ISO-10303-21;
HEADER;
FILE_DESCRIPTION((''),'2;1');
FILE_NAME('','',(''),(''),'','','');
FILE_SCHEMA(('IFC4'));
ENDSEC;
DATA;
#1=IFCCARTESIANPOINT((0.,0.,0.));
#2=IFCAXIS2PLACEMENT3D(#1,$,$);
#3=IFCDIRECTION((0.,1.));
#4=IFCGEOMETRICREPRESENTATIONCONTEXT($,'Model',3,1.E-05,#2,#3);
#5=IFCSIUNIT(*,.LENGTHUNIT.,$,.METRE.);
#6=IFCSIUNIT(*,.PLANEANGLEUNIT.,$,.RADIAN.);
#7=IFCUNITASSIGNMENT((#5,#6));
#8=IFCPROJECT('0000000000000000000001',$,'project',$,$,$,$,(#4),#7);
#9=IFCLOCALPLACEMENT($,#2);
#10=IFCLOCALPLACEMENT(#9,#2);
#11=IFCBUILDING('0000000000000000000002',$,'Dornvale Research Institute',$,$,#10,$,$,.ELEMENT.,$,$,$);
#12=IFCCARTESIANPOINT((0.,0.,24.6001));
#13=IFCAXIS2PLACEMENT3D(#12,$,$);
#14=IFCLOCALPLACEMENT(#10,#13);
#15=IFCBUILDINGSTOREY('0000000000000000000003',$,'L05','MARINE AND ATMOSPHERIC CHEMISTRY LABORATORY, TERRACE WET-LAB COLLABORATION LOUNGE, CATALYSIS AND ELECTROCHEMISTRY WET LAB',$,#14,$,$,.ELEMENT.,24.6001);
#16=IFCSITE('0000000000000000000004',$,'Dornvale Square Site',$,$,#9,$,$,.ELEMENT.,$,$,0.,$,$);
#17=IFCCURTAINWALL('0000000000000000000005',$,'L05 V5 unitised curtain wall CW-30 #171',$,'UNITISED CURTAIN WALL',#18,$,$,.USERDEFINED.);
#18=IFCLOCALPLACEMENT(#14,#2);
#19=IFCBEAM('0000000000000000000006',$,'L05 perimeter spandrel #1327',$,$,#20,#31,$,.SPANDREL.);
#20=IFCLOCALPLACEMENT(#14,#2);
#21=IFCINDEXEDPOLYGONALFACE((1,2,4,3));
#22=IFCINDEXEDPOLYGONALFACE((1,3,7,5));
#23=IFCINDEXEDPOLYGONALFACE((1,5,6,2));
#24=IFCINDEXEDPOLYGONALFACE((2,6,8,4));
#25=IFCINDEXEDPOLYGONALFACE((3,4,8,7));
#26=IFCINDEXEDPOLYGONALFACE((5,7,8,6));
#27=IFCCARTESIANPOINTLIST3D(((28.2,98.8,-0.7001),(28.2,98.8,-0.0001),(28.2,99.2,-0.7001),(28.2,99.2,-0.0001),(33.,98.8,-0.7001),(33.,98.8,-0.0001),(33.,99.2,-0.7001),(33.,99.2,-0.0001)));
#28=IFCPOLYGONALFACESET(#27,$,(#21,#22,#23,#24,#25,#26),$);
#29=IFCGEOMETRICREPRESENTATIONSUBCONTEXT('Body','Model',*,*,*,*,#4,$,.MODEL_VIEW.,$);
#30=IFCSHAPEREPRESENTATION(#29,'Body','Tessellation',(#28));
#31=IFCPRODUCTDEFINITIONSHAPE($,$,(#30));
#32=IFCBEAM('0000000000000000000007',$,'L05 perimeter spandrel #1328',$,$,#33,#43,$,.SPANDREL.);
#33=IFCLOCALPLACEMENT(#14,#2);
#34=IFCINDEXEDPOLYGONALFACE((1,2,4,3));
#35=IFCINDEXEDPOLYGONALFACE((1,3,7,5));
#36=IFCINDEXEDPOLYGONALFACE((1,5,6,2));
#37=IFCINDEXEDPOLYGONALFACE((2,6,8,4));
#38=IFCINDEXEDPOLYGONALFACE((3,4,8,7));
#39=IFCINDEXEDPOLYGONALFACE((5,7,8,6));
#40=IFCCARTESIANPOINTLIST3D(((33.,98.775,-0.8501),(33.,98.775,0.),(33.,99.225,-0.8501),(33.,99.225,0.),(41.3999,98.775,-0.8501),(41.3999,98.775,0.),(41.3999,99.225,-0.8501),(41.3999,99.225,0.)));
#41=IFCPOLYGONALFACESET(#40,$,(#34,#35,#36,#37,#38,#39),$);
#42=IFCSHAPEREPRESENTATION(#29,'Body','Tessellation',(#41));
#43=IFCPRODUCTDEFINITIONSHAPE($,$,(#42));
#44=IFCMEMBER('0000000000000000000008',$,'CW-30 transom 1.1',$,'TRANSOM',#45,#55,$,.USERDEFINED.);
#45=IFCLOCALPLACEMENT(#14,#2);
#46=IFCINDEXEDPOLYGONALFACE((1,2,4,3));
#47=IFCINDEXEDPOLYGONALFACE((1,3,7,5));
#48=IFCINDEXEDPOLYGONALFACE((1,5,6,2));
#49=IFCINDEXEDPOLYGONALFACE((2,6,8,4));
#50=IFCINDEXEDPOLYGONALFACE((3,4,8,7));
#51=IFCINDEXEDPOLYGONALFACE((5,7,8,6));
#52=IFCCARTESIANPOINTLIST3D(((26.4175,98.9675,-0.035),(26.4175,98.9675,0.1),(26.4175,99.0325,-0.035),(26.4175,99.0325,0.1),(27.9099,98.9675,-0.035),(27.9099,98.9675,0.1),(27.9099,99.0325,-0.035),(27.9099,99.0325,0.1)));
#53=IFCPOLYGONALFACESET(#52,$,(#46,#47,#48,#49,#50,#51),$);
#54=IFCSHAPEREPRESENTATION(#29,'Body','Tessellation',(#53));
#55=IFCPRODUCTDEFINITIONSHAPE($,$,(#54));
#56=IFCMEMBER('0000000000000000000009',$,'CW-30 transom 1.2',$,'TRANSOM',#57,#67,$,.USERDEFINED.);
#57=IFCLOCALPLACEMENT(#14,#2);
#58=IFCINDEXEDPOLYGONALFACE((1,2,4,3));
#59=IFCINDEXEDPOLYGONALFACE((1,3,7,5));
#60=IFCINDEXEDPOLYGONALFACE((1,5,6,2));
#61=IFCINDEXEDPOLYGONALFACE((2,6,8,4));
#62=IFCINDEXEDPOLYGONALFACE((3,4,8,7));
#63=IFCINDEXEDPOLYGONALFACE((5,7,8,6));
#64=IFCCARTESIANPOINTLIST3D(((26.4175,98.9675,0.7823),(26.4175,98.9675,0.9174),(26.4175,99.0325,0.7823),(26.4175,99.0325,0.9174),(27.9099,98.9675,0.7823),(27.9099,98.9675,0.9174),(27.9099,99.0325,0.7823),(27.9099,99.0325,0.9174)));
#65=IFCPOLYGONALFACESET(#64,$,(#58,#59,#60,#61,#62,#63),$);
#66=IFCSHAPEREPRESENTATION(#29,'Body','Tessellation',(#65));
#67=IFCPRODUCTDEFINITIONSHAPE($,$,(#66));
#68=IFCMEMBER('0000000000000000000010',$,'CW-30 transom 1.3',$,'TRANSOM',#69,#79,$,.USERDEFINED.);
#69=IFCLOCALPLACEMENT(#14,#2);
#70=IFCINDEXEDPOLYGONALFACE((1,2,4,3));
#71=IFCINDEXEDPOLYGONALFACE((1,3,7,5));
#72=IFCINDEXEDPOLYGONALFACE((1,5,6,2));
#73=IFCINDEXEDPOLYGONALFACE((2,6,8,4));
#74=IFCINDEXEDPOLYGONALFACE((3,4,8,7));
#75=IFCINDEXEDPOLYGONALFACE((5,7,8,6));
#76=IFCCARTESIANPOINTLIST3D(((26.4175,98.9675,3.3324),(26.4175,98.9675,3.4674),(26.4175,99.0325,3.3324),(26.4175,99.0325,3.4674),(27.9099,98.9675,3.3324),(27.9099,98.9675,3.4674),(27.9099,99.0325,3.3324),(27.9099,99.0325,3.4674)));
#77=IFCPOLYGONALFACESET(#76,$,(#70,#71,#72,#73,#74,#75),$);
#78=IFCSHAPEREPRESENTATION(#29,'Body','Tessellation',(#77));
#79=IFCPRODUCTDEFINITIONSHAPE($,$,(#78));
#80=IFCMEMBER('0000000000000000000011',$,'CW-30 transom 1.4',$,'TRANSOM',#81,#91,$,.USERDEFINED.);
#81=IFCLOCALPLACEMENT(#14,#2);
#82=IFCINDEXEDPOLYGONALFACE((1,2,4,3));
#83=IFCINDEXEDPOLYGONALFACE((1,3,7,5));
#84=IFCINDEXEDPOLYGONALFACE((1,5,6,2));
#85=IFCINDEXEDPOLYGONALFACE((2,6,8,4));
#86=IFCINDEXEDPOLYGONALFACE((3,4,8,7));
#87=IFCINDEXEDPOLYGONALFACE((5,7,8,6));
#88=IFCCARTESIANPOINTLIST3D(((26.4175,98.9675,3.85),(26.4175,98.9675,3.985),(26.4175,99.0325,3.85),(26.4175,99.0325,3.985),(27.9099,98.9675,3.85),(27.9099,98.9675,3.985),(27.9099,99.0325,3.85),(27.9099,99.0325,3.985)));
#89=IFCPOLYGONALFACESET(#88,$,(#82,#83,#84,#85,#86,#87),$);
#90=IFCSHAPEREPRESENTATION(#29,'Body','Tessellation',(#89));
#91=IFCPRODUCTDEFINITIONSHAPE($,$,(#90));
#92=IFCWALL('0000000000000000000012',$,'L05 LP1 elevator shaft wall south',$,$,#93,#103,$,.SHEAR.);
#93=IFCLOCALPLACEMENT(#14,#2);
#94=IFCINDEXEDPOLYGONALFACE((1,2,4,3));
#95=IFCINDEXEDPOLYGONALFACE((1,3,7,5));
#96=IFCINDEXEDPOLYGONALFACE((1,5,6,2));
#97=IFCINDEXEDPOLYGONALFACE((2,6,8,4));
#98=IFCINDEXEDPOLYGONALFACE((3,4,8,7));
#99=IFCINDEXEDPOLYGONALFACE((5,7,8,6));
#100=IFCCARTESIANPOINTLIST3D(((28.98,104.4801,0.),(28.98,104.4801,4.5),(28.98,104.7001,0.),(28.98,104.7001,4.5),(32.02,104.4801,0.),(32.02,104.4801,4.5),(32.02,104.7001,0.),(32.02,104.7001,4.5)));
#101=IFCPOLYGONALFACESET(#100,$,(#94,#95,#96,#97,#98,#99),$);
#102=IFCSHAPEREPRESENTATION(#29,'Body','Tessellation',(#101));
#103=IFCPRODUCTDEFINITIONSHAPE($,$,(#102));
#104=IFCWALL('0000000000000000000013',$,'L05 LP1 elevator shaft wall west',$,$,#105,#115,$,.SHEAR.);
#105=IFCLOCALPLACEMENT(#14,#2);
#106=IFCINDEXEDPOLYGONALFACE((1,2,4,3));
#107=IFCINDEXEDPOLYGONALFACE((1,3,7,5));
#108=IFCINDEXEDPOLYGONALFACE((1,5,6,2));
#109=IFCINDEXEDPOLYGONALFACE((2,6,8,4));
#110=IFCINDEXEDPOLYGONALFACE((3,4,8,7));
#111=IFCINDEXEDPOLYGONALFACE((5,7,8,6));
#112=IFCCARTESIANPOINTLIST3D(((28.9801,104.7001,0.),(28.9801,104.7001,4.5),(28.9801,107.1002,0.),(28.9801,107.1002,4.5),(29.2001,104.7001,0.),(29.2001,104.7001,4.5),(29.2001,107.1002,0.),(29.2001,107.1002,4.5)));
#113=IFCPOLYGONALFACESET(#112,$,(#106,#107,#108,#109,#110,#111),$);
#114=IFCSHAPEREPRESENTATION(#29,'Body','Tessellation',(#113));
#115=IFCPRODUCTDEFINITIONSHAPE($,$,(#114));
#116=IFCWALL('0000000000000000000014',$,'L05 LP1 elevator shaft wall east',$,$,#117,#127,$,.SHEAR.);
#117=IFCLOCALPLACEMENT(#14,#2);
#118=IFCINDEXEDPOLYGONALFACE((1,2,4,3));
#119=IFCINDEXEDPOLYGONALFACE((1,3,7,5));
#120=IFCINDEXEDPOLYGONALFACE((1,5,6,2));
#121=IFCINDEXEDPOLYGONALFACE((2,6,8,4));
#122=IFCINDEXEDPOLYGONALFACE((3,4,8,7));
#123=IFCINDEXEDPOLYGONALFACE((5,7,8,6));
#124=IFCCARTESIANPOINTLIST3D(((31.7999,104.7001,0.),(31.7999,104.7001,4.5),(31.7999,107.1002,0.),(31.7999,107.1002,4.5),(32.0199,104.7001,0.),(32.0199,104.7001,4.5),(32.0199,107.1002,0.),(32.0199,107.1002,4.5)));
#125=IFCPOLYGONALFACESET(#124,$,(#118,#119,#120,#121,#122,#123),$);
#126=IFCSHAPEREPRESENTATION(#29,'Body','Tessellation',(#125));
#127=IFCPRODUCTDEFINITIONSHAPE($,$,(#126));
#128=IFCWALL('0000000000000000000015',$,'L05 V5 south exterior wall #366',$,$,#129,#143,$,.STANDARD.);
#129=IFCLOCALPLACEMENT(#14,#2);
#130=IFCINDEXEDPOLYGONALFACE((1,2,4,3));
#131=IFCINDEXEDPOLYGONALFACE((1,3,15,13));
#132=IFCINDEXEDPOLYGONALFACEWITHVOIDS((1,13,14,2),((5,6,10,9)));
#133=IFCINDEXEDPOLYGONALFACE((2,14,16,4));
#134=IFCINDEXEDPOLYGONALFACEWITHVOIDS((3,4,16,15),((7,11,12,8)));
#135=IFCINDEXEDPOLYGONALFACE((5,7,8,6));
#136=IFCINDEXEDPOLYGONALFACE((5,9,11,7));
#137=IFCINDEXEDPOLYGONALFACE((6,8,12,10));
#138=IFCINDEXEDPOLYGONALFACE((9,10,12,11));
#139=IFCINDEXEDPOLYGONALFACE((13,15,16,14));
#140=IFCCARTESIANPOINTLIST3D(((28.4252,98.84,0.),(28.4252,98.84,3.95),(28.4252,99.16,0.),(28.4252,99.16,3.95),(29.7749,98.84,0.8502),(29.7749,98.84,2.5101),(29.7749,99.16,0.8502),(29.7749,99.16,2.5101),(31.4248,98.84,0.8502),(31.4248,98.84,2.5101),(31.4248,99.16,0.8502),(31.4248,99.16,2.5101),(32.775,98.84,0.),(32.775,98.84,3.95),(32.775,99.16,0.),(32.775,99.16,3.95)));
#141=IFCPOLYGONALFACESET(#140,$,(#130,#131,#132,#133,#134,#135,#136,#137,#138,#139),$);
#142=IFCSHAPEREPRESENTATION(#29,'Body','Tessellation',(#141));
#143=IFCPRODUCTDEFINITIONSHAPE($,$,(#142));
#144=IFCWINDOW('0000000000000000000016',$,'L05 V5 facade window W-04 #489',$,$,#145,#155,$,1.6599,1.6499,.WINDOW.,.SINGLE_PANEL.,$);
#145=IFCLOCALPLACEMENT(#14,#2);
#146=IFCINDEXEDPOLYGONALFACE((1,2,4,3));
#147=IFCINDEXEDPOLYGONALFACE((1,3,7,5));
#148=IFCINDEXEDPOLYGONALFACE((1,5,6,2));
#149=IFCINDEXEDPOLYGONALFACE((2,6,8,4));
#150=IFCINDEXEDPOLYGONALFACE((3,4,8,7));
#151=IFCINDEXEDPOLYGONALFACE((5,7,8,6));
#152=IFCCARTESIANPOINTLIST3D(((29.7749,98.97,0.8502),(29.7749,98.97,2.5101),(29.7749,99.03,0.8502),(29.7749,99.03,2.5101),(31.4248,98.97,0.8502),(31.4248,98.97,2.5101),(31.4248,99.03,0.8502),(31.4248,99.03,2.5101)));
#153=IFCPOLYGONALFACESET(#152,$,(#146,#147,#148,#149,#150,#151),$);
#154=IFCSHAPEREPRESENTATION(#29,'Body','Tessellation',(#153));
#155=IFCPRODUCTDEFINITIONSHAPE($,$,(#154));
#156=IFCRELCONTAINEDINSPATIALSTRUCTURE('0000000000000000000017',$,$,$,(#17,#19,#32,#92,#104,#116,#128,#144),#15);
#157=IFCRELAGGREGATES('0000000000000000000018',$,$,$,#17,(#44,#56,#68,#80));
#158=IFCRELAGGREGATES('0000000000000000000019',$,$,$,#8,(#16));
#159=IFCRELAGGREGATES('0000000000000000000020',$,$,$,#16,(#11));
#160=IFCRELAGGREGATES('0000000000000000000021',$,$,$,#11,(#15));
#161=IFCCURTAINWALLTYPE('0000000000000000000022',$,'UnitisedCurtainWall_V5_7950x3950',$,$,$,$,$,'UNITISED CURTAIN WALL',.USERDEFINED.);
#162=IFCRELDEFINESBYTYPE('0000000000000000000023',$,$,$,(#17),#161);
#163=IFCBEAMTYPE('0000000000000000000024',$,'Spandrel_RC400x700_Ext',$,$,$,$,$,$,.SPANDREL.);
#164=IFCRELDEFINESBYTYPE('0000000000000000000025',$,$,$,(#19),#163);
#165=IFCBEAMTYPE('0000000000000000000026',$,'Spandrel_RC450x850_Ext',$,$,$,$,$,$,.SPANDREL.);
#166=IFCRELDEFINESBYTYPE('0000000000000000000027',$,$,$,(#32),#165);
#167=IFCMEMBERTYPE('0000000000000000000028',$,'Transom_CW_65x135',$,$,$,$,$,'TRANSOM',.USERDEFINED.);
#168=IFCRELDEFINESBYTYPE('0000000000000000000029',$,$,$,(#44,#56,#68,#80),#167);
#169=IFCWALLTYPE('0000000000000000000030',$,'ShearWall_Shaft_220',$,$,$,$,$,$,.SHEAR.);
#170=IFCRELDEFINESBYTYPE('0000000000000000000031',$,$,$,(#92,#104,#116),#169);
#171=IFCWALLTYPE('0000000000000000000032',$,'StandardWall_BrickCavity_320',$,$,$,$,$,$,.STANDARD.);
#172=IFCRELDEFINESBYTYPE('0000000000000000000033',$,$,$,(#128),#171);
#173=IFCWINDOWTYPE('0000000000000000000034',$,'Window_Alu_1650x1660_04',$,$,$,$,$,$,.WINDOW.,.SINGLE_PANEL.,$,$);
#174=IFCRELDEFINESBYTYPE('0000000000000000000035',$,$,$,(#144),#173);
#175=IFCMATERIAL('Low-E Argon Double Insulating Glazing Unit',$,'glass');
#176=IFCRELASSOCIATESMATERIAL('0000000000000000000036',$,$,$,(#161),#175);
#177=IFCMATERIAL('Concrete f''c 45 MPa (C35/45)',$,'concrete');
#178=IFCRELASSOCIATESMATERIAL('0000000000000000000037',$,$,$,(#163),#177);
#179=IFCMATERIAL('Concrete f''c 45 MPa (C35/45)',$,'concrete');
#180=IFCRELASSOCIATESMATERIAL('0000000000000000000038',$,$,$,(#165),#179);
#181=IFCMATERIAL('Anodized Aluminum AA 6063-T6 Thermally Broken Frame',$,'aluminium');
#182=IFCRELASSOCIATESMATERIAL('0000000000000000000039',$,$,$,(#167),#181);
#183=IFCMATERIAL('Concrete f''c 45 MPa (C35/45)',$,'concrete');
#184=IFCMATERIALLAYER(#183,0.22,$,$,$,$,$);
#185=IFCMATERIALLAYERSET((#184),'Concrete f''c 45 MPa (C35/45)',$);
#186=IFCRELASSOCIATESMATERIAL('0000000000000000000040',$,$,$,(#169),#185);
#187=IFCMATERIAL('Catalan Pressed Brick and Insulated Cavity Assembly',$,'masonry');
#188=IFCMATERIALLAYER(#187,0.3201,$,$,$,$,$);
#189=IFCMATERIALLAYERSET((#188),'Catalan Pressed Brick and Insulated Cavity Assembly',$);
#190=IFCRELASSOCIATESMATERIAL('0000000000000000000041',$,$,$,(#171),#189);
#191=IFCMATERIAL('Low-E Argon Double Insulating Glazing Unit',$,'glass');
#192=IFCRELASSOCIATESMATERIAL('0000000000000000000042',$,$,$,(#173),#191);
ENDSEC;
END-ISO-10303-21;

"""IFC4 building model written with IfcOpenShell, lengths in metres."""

from ifc_helpers import new_model, si_unit, direction, frame, frame_2d, origin, origin_2d, place, context, subcontext, project, spatial, rectangle, extrude, material, layer, layer_set, material_profile, profile_set, type_object, element, fill, aggregate, save


model = new_model("IFC4")

# Units and contexts
model_context = context("Model", 3, precision=1e-05, world=origin(), true_north=direction((0.0, 1.0)))
body_context = subcontext(model_context, "Body", "Model", "MODEL_VIEW")
ifc_project = project(units=[si_unit("LENGTHUNIT", "METRE"), si_unit("PLANEANGLEUNIT", "RADIAN")], contexts=[model_context])

# Site, building, storey
site_placement = place(None, origin())
site = spatial("IfcSite", under=ifc_project, at=site_placement, Name="Dornvale Square Site", CompositionType="ELEMENT", RefElevation=0.0)
building_placement = place(site_placement, origin())
building = spatial("IfcBuilding", under=site, at=building_placement, Name="Dornvale Research Institute", CompositionType="ELEMENT")
storey_placement = place(building_placement, frame((0.0, 0.0, 24.6001)))
storey = spatial("IfcBuildingStorey", under=building, at=storey_placement, Name="L05", Description="MARINE AND ATMOSPHERIC CHEMISTRY LABORATORY, TERRACE WET-LAB COLLABORATION LOUNGE, CATALYSIS AND ELECTROCHEMISTRY WET LAB", CompositionType="ELEMENT", Elevation=24.6001)

# Curtain wall
ifc_material_1 = material(Name="Low-E Argon Double Insulating Glazing Unit", Category="glass")
curtain_wall_type_1 = type_object("IfcCurtainWallType", Name="UnitisedCurtainWall_V5_7950x3950", ElementType="UNITISED CURTAIN WALL", PredefinedType="USERDEFINED", material=ifc_material_1)
curtain_wall_1_placement = place(storey_placement, origin())
curtain_wall_1 = element("IfcCurtainWall", 1, at=curtain_wall_1_placement, inside=storey, type_object=curtain_wall_type_1, Name="L05 V5 unitised curtain wall CW-30 #171", ObjectType="UNITISED CURTAIN WALL", PredefinedType="USERDEFINED")

# Beams
ifc_material_2 = material(Name="Concrete f'c 45 MPa (C35/45)", Category="concrete")
ifc_material_profile_1 = material_profile(ifc_material_2, rectangle(XDim=0.3999, YDim=0.7, at=origin_2d()), Name="RC 400x700")
ifc_profile_set_1 = profile_set([ifc_material_profile_1], Name="Concrete f'c 45 MPa (C35/45)")
beam_type_1 = type_object("IfcBeamType", Name="Spandrel_RC400x700_Ext", PredefinedType="SPANDREL", material=ifc_profile_set_1)
beam_1_placement = place(storey_placement, frame((28.2, 99.0, -0.3501), z_axis=(1.0, 0.0, 0.0), x_axis=(0.0, 1.0, 0.0)))
element("IfcBeam", 2, at=beam_1_placement, inside=storey, type_object=beam_type_1, Name="L05 perimeter spandrel #1327", PredefinedType="SPANDREL", context=body_context, shape_type="SweptSolid", body=[
    extrude(rectangle(XDim=0.3999, YDim=0.7, at=origin_2d()), origin(), (0.0, 0.0, 1.0), 4.8),
])
ifc_material_3 = material(Name="Concrete f'c 45 MPa (C35/45)", Category="concrete")
ifc_material_profile_2 = material_profile(ifc_material_3, rectangle(XDim=0.45, YDim=0.8501, at=origin_2d()), Name="RC 450x850")
ifc_profile_set_2 = profile_set([ifc_material_profile_2], Name="Concrete f'c 45 MPa (C35/45)")
beam_type_2 = type_object("IfcBeamType", Name="Spandrel_RC450x850_Ext", PredefinedType="SPANDREL", material=ifc_profile_set_2)
beam_2_placement = place(storey_placement, frame((33.0, 99.0, -0.425), z_axis=(1.0, 0.0, 0.0), x_axis=(0.0, 1.0, 0.0)))
element("IfcBeam", 3, at=beam_2_placement, inside=storey, type_object=beam_type_2, Name="L05 perimeter spandrel #1328", PredefinedType="SPANDREL", context=body_context, shape_type="SweptSolid", body=[
    extrude(rectangle(XDim=0.45, YDim=0.8501, at=origin_2d()), origin(), (0.0, 0.0, 1.0), 8.3999),
])

# Members
ifc_material_4 = material(Name="Anodized Aluminum AA 6063-T6 Thermally Broken Frame", Category="aluminium")
ifc_material_profile_3 = material_profile(ifc_material_4, rectangle(XDim=0.0649, YDim=0.135, at=origin_2d()), Name="ALU TRANSOM 65x135")
ifc_profile_set_3 = profile_set([ifc_material_profile_3], Name="Anodized Aluminum AA 6063-T6 Thermally Broken Frame")
member_type_1 = type_object("IfcMemberType", Name="Transom_CW_65x135", ElementType="TRANSOM", PredefinedType="USERDEFINED", material=ifc_profile_set_3)
member_1_placement = place(storey_placement, frame((27.9099, 99.0, 0.0325), z_axis=(-1.0, 0.0, 0.0), x_axis=(0.0, -1.0, 0.0)))
member_1 = element("IfcMember", 4, at=member_1_placement, type_object=member_type_1, Name="CW-30 transom 1.1", ObjectType="TRANSOM", PredefinedType="USERDEFINED", context=body_context, shape_type="SweptSolid", body=[
    extrude(rectangle(XDim=0.0649, YDim=0.135, at=origin_2d()), origin(), (0.0, 0.0, 1.0), 1.4924),
])
member_2_placement = place(storey_placement, frame((27.9099, 99.0, 0.8499), z_axis=(-1.0, 0.0, 0.0), x_axis=(0.0, -1.0, 0.0)))
member_2 = element("IfcMember", 5, at=member_2_placement, type_object=member_type_1, Name="CW-30 transom 1.2", ObjectType="TRANSOM", PredefinedType="USERDEFINED", context=body_context, shape_type="SweptSolid", body=[
    extrude(rectangle(XDim=0.0649, YDim=0.135, at=origin_2d()), origin(), (0.0, 0.0, 1.0), 1.4924),
])
member_3_placement = place(storey_placement, frame((27.9099, 99.0, 3.3999), z_axis=(-1.0, 0.0, 0.0), x_axis=(0.0, -1.0, 0.0)))
member_3 = element("IfcMember", 6, at=member_3_placement, type_object=member_type_1, Name="CW-30 transom 1.3", ObjectType="TRANSOM", PredefinedType="USERDEFINED", context=body_context, shape_type="SweptSolid", body=[
    extrude(rectangle(XDim=0.0649, YDim=0.135, at=origin_2d()), origin(), (0.0, 0.0, 1.0), 1.4924),
])
member_4_placement = place(storey_placement, frame((27.9099, 99.0, 3.9175), z_axis=(-1.0, 0.0, 0.0), x_axis=(0.0, -1.0, 0.0)))
member_4 = element("IfcMember", 7, at=member_4_placement, type_object=member_type_1, Name="CW-30 transom 1.4", ObjectType="TRANSOM", PredefinedType="USERDEFINED", context=body_context, shape_type="SweptSolid", body=[
    extrude(rectangle(XDim=0.0649, YDim=0.135, at=origin_2d()), origin(), (0.0, 0.0, 1.0), 1.4924),
])
aggregate(curtain_wall_1, [member_1, member_2, member_3, member_4])

# Walls
ifc_material_5 = material(Name="Concrete f'c 45 MPa (C35/45)", Category="concrete")
ifc_layer_1 = layer(ifc_material_5, 0.22)
ifc_layer_set_1 = layer_set([ifc_layer_1], Name="Concrete f'c 45 MPa (C35/45)")
wall_type_1 = type_object("IfcWallType", Name="ShearWall_Shaft_220", PredefinedType="SHEAR", material=ifc_layer_set_1)
wall_1_placement = place(storey_placement, frame((28.98, 104.5901, 0.0), z_axis=(0.0, 0.0, 1.0), x_axis=(1.0, 0.0, 0.0)))
element("IfcWall", 8, at=wall_1_placement, inside=storey, type_object=wall_type_1, Name="L05 LP1 elevator shaft wall south", PredefinedType="SHEAR", context=body_context, shape_type="SweptSolid", body=[
    extrude(rectangle(XDim=3.04, YDim=0.22, at=frame_2d((1.52, 0.0))), origin(), (0.0, 0.0, 1.0), 4.5),
])
for number, where, z_axis, x_axis, name in (
    (9, (29.0901, 104.7, 0.0), (0.0, 0.0, 1.0), (0.0, 1.0, 0.0), "L05 LP1 elevator shaft wall west"),
    (10, (31.9099, 104.7, 0.0), (0.0, 0.0, 1.0), (0.0, 1.0, 0.0), "L05 LP1 elevator shaft wall east"),
):
    element("IfcWall", number, at=place(storey_placement, frame(where, z_axis=z_axis, x_axis=x_axis)), inside=storey, type_object=wall_type_1, Name=name, PredefinedType="SHEAR", context=body_context, shape_type="SweptSolid", body=[
        extrude(rectangle(XDim=2.4001, YDim=0.22, at=frame_2d((1.2002, 0.0))), origin(), (0.0, 0.0, 1.0), 4.5),
    ])

# Wall, opening, window
ifc_material_6 = material(Name="Catalan Pressed Brick and Insulated Cavity Assembly", Category="masonry")
ifc_layer_2 = layer(ifc_material_6, 0.3201)
ifc_layer_set_2 = layer_set([ifc_layer_2], Name="Catalan Pressed Brick and Insulated Cavity Assembly")
wall_type_2 = type_object("IfcWallType", Name="StandardWall_BrickCavity_320", PredefinedType="STANDARD", material=ifc_layer_set_2)
wall_2_placement = place(storey_placement, frame((32.7749, 99.0, 0.0), z_axis=(0.0, 0.0, 1.0), x_axis=(-1.0, 0.0, 0.0)))
wall_2 = element("IfcWall", 11, at=wall_2_placement, inside=storey, type_object=wall_type_2, Name="L05 V5 south exterior wall #366", PredefinedType="STANDARD", context=body_context, shape_type="SweptSolid", body=[
    extrude(rectangle(XDim=4.3499, YDim=0.3201, at=frame_2d((2.1748, 0.0))), origin(), (0.0, 0.0, 1.0), 3.95),
])
opening_placement = place(wall_2_placement, frame((1.3501, 0.0, 0.8501)))
opening = element("IfcOpeningElement", 12, at=opening_placement, cuts=wall_2, PredefinedType="OPENING", context=body_context, shape_type="SweptSolid", body=[
    extrude(rectangle(XDim=1.6499, YDim=1.6599, at=frame_2d((0.825, 0.8301))), frame((0.0, 0.175, 0.0), z_axis=(0.0, -1.0, 0.0), x_axis=(1.0, 0.0, 0.0)), (0.0, 0.0, 1.0), 0.3501),
])
ifc_material_7 = material(Name="Low-E Argon Double Insulating Glazing Unit", Category="glass")
window_type = type_object("IfcWindowType", Name="Window_Alu_1650x1660_04", PartitioningType="SINGLE_PANEL", PredefinedType="WINDOW", material=ifc_material_7)
window_placement = place(opening_placement, origin())
window = element("IfcWindow", 13, at=window_placement, inside=storey, type_object=window_type, Name="L05 V5 facade window W-04 #489", OverallHeight=1.6599, OverallWidth=1.6499, PartitioningType="SINGLE_PANEL", PredefinedType="WINDOW", context=body_context, shape_type="SweptSolid", body=[
    extrude(rectangle(XDim=1.6499, YDim=1.6599, at=frame_2d((0.825, 0.8301))), frame((0.0, 0.03, 0.0), z_axis=(0.0, -1.0, 0.0), x_axis=(1.0, 0.0, 0.0)), (0.0, 0.0, 1.0), 0.0601),
])
fill(opening, window)

save(model, "model.ifc")
